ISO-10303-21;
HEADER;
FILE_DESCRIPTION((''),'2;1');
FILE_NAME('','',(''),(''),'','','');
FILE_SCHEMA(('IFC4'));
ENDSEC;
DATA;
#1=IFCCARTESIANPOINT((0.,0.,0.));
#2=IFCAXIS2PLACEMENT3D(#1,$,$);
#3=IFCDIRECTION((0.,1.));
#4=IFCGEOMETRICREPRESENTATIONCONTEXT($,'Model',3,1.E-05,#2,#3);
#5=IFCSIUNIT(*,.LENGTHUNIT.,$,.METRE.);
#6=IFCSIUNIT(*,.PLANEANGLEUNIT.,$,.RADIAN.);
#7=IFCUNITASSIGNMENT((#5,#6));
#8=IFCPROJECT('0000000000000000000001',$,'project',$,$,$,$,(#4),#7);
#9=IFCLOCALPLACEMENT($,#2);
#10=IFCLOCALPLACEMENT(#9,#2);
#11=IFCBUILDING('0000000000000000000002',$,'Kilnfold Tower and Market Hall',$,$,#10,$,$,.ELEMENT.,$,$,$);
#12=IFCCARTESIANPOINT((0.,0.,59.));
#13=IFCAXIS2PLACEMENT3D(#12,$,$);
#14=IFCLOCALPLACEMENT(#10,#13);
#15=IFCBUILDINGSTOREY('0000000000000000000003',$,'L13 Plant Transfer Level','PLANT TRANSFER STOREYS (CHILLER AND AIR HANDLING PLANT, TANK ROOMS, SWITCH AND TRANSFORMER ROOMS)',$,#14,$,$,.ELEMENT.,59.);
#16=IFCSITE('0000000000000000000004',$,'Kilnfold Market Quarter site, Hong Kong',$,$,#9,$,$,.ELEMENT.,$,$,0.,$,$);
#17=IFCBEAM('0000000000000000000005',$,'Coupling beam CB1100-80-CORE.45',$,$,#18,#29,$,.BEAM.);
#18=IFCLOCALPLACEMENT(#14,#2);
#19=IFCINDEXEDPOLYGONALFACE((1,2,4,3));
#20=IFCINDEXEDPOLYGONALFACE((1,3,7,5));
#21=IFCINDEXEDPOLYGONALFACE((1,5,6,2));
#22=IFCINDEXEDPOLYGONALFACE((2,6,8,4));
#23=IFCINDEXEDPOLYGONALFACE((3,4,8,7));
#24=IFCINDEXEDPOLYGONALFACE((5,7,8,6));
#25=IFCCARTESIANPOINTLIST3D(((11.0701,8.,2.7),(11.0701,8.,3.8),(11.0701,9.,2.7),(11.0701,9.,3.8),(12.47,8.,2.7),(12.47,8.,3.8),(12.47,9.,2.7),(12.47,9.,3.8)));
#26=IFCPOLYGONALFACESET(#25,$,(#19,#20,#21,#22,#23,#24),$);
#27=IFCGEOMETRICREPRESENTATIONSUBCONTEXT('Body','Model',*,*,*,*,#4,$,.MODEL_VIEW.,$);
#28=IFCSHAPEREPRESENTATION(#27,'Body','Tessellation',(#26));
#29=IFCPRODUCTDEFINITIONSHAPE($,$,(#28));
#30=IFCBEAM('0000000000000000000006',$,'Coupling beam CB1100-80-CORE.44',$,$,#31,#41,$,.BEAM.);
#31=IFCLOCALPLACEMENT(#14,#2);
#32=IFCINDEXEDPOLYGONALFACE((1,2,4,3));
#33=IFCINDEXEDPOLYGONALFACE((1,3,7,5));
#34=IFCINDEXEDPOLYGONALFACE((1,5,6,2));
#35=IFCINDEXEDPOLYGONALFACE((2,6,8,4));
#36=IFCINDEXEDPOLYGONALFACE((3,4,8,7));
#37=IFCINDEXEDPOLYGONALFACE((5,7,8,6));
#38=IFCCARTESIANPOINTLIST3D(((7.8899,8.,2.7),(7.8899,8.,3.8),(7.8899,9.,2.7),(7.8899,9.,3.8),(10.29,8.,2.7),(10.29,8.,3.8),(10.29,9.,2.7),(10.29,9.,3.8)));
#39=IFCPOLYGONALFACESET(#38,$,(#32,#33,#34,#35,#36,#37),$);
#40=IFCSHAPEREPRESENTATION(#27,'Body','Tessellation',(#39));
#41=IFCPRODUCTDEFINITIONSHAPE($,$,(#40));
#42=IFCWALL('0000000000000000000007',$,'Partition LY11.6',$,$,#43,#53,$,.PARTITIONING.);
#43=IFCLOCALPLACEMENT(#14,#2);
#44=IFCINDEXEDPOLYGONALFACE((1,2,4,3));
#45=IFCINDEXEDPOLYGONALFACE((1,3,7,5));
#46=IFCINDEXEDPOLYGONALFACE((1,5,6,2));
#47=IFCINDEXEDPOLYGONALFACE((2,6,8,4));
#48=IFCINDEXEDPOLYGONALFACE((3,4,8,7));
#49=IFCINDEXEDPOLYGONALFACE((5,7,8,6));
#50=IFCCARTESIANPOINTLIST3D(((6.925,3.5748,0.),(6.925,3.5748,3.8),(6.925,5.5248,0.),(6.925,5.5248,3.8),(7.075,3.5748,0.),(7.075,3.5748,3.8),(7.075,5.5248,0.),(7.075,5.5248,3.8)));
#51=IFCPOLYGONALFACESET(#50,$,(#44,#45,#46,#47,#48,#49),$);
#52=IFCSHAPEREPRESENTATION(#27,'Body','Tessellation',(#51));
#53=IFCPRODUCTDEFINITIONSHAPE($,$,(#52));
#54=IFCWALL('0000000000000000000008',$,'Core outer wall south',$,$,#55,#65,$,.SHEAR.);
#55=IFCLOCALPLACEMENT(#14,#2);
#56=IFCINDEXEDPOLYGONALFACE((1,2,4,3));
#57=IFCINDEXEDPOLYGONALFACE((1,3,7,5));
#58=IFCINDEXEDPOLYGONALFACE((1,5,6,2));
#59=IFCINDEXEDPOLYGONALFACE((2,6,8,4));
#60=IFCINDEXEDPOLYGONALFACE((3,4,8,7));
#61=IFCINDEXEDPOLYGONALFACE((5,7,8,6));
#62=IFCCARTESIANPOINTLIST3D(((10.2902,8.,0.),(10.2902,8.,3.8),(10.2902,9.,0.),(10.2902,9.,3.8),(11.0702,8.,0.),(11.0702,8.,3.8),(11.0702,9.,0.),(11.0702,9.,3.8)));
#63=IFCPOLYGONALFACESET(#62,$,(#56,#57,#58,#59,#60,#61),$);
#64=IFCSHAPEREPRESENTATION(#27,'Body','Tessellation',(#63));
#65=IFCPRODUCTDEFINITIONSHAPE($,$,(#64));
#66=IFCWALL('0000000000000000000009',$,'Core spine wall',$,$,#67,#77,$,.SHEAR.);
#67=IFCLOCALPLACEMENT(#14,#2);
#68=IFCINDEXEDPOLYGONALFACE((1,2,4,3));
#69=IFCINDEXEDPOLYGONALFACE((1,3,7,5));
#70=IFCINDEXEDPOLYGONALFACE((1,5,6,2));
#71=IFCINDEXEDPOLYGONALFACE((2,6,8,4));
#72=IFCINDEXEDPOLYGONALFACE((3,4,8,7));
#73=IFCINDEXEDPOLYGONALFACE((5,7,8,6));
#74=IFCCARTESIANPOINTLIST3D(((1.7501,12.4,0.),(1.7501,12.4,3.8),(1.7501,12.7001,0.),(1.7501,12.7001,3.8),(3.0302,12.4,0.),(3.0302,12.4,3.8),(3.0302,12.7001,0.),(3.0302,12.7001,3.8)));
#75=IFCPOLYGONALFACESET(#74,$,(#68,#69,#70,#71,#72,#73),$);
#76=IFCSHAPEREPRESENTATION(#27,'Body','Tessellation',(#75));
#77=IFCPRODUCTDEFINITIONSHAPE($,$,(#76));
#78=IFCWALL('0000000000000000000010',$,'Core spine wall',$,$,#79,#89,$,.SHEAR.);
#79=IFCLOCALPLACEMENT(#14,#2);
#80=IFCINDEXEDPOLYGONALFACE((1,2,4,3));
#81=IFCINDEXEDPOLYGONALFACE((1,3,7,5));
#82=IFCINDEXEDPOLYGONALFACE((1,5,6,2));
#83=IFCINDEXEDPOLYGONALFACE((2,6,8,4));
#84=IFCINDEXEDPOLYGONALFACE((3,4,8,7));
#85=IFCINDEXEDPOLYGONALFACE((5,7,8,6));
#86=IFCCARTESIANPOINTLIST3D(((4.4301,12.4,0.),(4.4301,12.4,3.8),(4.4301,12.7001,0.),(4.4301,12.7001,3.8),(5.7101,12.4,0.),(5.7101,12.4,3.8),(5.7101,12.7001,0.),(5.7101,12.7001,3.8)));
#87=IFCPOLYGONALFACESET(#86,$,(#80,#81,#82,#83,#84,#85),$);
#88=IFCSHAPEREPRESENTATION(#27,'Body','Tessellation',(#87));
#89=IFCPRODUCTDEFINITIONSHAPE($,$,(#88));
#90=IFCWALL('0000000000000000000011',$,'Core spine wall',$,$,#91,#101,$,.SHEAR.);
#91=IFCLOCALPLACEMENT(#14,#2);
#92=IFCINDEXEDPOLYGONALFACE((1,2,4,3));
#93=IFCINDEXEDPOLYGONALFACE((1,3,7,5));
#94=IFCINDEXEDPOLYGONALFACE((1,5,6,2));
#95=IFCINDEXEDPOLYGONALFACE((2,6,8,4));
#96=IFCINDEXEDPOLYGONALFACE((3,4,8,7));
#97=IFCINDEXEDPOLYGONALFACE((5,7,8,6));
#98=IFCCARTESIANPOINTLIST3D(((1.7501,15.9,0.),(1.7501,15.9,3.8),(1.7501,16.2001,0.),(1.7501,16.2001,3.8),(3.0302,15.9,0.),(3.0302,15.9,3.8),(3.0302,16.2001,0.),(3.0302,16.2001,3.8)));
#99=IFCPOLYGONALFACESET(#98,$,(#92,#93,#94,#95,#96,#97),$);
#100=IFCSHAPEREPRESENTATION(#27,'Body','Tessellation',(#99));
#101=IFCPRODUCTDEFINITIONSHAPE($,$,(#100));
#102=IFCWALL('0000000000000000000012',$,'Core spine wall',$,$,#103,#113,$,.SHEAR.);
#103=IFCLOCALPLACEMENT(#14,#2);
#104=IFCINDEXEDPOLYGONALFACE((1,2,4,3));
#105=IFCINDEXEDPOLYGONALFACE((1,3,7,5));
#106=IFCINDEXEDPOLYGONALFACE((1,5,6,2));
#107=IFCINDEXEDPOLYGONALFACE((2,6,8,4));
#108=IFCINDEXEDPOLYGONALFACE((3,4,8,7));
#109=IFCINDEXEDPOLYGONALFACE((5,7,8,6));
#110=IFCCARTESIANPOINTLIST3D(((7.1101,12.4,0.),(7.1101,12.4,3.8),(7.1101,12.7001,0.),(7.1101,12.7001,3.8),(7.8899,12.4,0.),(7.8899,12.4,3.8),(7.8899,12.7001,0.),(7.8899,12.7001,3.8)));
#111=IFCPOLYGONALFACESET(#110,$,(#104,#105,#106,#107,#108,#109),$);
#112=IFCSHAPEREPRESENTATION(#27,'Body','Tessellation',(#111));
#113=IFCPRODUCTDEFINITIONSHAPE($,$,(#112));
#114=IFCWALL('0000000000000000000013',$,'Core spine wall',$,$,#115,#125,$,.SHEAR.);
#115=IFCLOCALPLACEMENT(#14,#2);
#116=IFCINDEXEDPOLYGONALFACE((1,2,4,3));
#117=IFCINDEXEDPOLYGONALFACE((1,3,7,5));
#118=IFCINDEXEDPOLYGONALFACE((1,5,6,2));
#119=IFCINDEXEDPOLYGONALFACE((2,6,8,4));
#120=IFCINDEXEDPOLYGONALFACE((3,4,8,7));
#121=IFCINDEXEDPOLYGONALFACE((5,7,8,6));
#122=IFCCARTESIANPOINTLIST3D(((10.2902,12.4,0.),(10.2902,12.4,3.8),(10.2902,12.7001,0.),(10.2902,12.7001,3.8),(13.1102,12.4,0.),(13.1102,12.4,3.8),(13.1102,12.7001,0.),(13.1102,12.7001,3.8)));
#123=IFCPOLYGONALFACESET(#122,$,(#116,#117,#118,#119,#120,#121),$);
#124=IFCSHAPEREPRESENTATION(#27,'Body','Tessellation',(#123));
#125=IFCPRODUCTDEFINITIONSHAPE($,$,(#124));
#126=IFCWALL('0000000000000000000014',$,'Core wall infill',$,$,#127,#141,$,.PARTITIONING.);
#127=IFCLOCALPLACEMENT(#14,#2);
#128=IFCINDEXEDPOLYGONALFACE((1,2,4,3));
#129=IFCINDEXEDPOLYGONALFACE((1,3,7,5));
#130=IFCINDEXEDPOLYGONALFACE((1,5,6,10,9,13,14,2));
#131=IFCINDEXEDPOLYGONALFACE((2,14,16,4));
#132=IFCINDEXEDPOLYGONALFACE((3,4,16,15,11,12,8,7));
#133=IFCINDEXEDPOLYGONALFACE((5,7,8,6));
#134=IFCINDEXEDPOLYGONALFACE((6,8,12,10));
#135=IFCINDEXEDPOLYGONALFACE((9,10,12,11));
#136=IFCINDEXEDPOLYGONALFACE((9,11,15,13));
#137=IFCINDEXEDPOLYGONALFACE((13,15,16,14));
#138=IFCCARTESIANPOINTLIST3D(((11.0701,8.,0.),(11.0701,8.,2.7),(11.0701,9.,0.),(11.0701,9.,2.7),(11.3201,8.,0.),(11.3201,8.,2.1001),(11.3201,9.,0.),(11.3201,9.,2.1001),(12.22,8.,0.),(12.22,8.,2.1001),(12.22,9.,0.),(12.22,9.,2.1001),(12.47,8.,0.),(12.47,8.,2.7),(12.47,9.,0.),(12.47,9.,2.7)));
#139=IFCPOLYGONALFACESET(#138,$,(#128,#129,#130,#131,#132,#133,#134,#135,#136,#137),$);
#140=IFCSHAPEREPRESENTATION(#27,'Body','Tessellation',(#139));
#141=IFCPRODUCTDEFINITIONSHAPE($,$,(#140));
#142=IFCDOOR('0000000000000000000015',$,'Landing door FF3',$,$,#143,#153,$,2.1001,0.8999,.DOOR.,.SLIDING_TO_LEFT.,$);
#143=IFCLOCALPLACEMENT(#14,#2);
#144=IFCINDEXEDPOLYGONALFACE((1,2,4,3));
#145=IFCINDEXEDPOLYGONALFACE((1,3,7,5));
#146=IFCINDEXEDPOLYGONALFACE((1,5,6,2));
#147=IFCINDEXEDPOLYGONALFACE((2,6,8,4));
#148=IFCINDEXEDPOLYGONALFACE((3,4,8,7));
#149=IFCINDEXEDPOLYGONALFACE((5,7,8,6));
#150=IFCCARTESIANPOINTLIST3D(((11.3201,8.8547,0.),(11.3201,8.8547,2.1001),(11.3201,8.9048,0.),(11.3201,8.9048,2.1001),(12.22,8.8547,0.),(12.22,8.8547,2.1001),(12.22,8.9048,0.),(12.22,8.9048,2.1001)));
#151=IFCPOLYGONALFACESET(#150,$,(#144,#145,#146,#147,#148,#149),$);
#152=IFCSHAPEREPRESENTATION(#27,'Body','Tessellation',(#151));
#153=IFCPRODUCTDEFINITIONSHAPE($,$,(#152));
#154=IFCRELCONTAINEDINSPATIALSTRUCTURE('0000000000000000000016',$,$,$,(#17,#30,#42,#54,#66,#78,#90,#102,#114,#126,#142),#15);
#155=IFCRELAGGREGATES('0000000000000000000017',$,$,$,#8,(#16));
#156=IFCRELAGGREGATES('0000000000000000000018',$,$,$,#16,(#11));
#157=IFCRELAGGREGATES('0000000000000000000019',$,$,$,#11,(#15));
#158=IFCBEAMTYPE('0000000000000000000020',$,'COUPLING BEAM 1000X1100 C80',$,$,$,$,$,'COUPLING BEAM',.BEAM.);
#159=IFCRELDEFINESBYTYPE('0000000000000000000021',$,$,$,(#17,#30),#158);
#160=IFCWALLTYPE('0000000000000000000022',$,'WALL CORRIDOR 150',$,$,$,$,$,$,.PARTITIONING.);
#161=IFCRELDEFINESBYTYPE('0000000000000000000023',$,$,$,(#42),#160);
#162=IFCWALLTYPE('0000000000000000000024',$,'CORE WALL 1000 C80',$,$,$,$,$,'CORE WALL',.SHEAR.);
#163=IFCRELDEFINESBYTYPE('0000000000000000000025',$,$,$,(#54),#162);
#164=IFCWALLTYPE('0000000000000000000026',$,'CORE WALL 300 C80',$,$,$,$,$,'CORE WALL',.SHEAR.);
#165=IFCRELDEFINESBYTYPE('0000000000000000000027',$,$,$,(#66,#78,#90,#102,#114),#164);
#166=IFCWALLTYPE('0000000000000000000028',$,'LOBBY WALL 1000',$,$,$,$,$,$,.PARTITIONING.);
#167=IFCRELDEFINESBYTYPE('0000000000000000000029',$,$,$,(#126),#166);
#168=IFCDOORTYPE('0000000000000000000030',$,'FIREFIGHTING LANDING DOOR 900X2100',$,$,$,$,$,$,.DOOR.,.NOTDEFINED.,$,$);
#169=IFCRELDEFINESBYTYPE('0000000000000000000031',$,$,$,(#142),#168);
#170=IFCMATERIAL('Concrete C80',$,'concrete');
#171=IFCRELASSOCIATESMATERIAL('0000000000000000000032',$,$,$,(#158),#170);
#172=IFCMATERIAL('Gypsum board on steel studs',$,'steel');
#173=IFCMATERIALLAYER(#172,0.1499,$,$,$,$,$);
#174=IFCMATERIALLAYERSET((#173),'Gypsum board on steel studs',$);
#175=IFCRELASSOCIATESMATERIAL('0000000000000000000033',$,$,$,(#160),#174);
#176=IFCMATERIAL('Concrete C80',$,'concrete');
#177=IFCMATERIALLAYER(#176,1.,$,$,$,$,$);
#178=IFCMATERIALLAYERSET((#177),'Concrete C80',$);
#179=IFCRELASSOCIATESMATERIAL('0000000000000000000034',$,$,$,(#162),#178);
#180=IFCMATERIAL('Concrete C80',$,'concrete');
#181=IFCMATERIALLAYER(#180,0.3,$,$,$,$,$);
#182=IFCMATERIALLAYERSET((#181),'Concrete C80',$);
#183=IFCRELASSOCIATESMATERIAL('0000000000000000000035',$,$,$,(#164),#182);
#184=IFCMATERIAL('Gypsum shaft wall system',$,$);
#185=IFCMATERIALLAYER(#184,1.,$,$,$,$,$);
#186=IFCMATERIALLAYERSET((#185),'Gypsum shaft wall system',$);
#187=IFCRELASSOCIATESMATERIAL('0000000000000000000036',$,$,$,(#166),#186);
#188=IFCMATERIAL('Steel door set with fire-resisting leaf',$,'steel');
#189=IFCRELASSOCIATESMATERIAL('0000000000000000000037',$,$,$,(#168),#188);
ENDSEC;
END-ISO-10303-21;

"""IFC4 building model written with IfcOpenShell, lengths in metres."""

from ifc_helpers import new_model, si_unit, direction, frame, frame_2d, origin, origin_2d, place, context, subcontext, project, spatial, rectangle, extrude, source, transform, mapped, material, layer, layer_set, material_profile, profile_set, type_object, element, fill, save


model = new_model("IFC4")

# Units and contexts
model_context = context("Model", 3, precision=1e-05, world=origin(), true_north=direction((0.0, 1.0)))
body_context = subcontext(model_context, "Body", "Model", "MODEL_VIEW")
ifc_project = project(units=[si_unit("LENGTHUNIT", "METRE"), si_unit("PLANEANGLEUNIT", "RADIAN")], contexts=[model_context])

# Site, building, storey
site_placement = place(None, origin())
site = spatial("IfcSite", under=ifc_project, at=site_placement, Name="Kilnfold Market Quarter site, Hong Kong", CompositionType="ELEMENT", RefElevation=0.0)
building_placement = place(site_placement, origin())
building = spatial("IfcBuilding", under=site, at=building_placement, Name="Kilnfold Tower and Market Hall", CompositionType="ELEMENT")
storey_placement = place(building_placement, frame((0.0, 0.0, 59.0)))
storey = spatial("IfcBuildingStorey", under=building, at=storey_placement, Name="L13 Plant Transfer Level", Description="PLANT TRANSFER STOREYS (CHILLER AND AIR HANDLING PLANT, TANK ROOMS, SWITCH AND TRANSFORMER ROOMS)", CompositionType="ELEMENT", Elevation=59.0)

# Beams
ifc_material_1 = material(Name="Concrete C80", Category="concrete")
ifc_material_profile = material_profile(ifc_material_1, rectangle(XDim=1.0, YDim=1.1001, at=origin_2d()), Name="RC 1000x1100")
ifc_profile_set = profile_set([ifc_material_profile], Name="Concrete C80")
beam_type = type_object("IfcBeamType", Name="COUPLING BEAM 1000X1100 C80", ElementType="COUPLING BEAM", PredefinedType="BEAM", material=ifc_profile_set)
shared_shape_1 = source(origin(), body_context, "Body", "SweptSolid", [
    extrude(rectangle(XDim=1.0, YDim=1.1001, at=origin_2d()), origin(), (0.0, 0.0, 1.0), 1.3999),
])
beam_1_placement = place(storey_placement, frame((11.0701, 8.5, 3.25), z_axis=(1.0, 0.0, 0.0), x_axis=(0.0, 1.0, 0.0)))
element("IfcBeam", 1, at=beam_1_placement, inside=storey, type_object=beam_type, Name="Coupling beam CB1100-80-CORE.45", PredefinedType="BEAM", context=body_context, shape_type="MappedRepresentation", body=[
    mapped(shared_shape_1, transform((0.0, 0.0, 0.0))),
])
shared_shape_2 = source(origin(), body_context, "Body", "SweptSolid", [
    extrude(rectangle(XDim=1.0, YDim=1.1001, at=origin_2d()), origin(), (0.0, 0.0, 1.0), 2.4001),
])
beam_2_placement = place(storey_placement, frame((7.8899, 8.5, 3.25), z_axis=(1.0, 0.0, 0.0), x_axis=(0.0, 1.0, 0.0)))
element("IfcBeam", 2, at=beam_2_placement, inside=storey, type_object=beam_type, Name="Coupling beam CB1100-80-CORE.44", PredefinedType="BEAM", context=body_context, shape_type="MappedRepresentation", body=[
    mapped(shared_shape_2, transform((0.0, 0.0, 0.0))),
])

# Walls
ifc_material_2 = material(Name="Gypsum board on steel studs", Category="steel")
ifc_layer_1 = layer(ifc_material_2, 0.1499)
ifc_layer_set_1 = layer_set([ifc_layer_1], Name="Gypsum board on steel studs")
wall_type_1 = type_object("IfcWallType", Name="WALL CORRIDOR 150", PredefinedType="PARTITIONING", material=ifc_layer_set_1)
wall_1_placement = place(storey_placement, frame((7.0, 5.5249, 0.0), z_axis=(0.0, 0.0, 1.0), x_axis=(0.0, -1.0, 0.0)))
element("IfcWall", 3, at=wall_1_placement, inside=storey, type_object=wall_type_1, Name="Partition LY11.6", PredefinedType="PARTITIONING", context=body_context, shape_type="SweptSolid", body=[
    extrude(rectangle(XDim=1.95, YDim=0.1499, at=frame_2d((0.9751, 0.0))), origin(), (0.0, 0.0, 1.0), 3.8),
])
ifc_material_3 = material(Name="Concrete C80", Category="concrete")
ifc_layer_2 = layer(ifc_material_3, 1.0)
ifc_layer_set_2 = layer_set([ifc_layer_2], Name="Concrete C80")
wall_type_2 = type_object("IfcWallType", Name="CORE WALL 1000 C80", ElementType="CORE WALL", PredefinedType="SHEAR", material=ifc_layer_set_2)
shared_shape_3 = source(origin(), body_context, "Body", "SweptSolid", [
    extrude(rectangle(XDim=0.78, YDim=1.0, at=frame_2d((0.3901, 0.0))), origin(), (0.0, 0.0, 1.0), 3.8),
])
wall_2_placement = place(storey_placement, frame((10.29, 8.5, 0.0), z_axis=(0.0, 0.0, 1.0), x_axis=(1.0, 0.0, 0.0)))
element("IfcWall", 4, at=wall_2_placement, inside=storey, type_object=wall_type_2, Name="Core outer wall south", PredefinedType="SHEAR", context=body_context, shape_type="MappedRepresentation", body=[
    mapped(shared_shape_3, transform((0.0, 0.0, 0.0))),
])

# Walls
ifc_material_4 = material(Name="Concrete C80", Category="concrete")
ifc_layer_3 = layer(ifc_material_4, 0.3)
ifc_layer_set_3 = layer_set([ifc_layer_3], Name="Concrete C80")
wall_type_3 = type_object("IfcWallType", Name="CORE WALL 300 C80", ElementType="CORE WALL", PredefinedType="SHEAR", material=ifc_layer_set_3)
shared_shape_4 = source(origin(), body_context, "Body", "SweptSolid", [
    extrude(rectangle(XDim=1.28, YDim=0.3, at=frame_2d((0.6401, 0.0))), origin(), (0.0, 0.0, 1.0), 3.8),
])
for number, where, z_axis, x_axis, name in (
    (5, (1.75, 12.55, 0.0), (0.0, 0.0, 1.0), (1.0, 0.0, 0.0), "Core spine wall"),
    (6, (4.4299, 12.55, 0.0), (0.0, 0.0, 1.0), (1.0, 0.0, 0.0), "Core spine wall"),
    (7, (1.75, 16.05, 0.0), (0.0, 0.0, 1.0), (1.0, 0.0, 0.0), "Core spine wall"),
):
    element("IfcWall", number, at=place(storey_placement, frame(where, z_axis=z_axis, x_axis=x_axis)), inside=storey, type_object=wall_type_3, Name=name, PredefinedType="SHEAR", context=body_context, shape_type="MappedRepresentation", body=[
        mapped(shared_shape_4, transform((0.0, 0.0, 0.0))),
    ])
shared_shape_5 = source(origin(), body_context, "Body", "SweptSolid", [
    extrude(rectangle(XDim=0.7798, YDim=0.3, at=frame_2d((0.3899, 0.0))), origin(), (0.0, 0.0, 1.0), 3.8),
])
wall_3_placement = place(storey_placement, frame((7.1101, 12.55, 0.0), z_axis=(0.0, 0.0, 1.0), x_axis=(1.0, 0.0, 0.0)))
element("IfcWall", 8, at=wall_3_placement, inside=storey, type_object=wall_type_3, Name="Core spine wall", PredefinedType="SHEAR", context=body_context, shape_type="MappedRepresentation", body=[
    mapped(shared_shape_5, transform((0.0, 0.0, 0.0))),
])
shared_shape_6 = source(origin(), body_context, "Body", "SweptSolid", [
    extrude(rectangle(XDim=2.8201, YDim=0.3, at=frame_2d((1.4102, 0.0))), origin(), (0.0, 0.0, 1.0), 3.8),
])
wall_4_placement = place(storey_placement, frame((10.29, 12.55, 0.0), z_axis=(0.0, 0.0, 1.0), x_axis=(1.0, 0.0, 0.0)))
element("IfcWall", 9, at=wall_4_placement, inside=storey, type_object=wall_type_3, Name="Core spine wall", PredefinedType="SHEAR", context=body_context, shape_type="MappedRepresentation", body=[
    mapped(shared_shape_6, transform((0.0, 0.0, 0.0))),
])

# Wall, opening, door
ifc_material_5 = material(Name="Gypsum shaft wall system")
ifc_layer_4 = layer(ifc_material_5, 1.0)
ifc_layer_set_4 = layer_set([ifc_layer_4], Name="Gypsum shaft wall system")
wall_type_4 = type_object("IfcWallType", Name="LOBBY WALL 1000", PredefinedType="PARTITIONING", material=ifc_layer_set_4)
shared_shape_7 = source(origin(), body_context, "Body", "SweptSolid", [
    extrude(rectangle(XDim=1.3999, YDim=1.0, at=frame_2d((0.7, 0.0))), origin(), (0.0, 0.0, 1.0), 2.7),
])
wall_5_placement = place(storey_placement, frame((11.0701, 8.5, 0.0), z_axis=(0.0, 0.0, 1.0), x_axis=(1.0, 0.0, 0.0)))
wall_5 = element("IfcWall", 10, at=wall_5_placement, inside=storey, type_object=wall_type_4, Name="Core wall infill", PredefinedType="PARTITIONING", context=body_context, shape_type="MappedRepresentation", body=[
    mapped(shared_shape_7, transform((0.0, 0.0, 0.0))),
])
opening_1_placement = place(wall_5_placement, frame((0.25, 0.0, 0.0)))
opening_1 = element("IfcOpeningElement", 11, at=opening_1_placement, cuts=wall_5, PredefinedType="OPENING", context=body_context, shape_type="SweptSolid", body=[
    extrude(rectangle(XDim=0.8999, YDim=2.1001, at=frame_2d((0.45, 1.05))), frame((0.0, 0.51, 0.0), z_axis=(0.0, -1.0, 0.0), x_axis=(1.0, 0.0, 0.0)), (0.0, 0.0, 1.0), 1.02),
])
ifc_material_6 = material(Name="Steel door set with fire-resisting leaf", Category="steel")
door_type_1 = type_object("IfcDoorType", Name="FIREFIGHTING LANDING DOOR 900X2100", OperationType="NOTDEFINED", PredefinedType="DOOR", material=ifc_material_6)
door_1_placement = place(opening_1_placement, origin())
door_1 = element("IfcDoor", 12, at=door_1_placement, inside=storey, type_object=door_type_1, Name="Landing door FF3", OperationType="SLIDING_TO_LEFT", OverallHeight=2.1001, OverallWidth=0.8999, PredefinedType="DOOR", context=body_context, shape_type="SweptSolid", body=[
    extrude(rectangle(XDim=0.8999, YDim=2.1001, at=frame_2d((0.45, 1.05))), frame((0.0, 0.4048, 0.0), z_axis=(0.0, -1.0, 0.0), x_axis=(1.0, 0.0, 0.0)), (0.0, 0.0, 1.0), 0.05),
])
fill(opening_1, door_1)

save(model, "model.ifc")
